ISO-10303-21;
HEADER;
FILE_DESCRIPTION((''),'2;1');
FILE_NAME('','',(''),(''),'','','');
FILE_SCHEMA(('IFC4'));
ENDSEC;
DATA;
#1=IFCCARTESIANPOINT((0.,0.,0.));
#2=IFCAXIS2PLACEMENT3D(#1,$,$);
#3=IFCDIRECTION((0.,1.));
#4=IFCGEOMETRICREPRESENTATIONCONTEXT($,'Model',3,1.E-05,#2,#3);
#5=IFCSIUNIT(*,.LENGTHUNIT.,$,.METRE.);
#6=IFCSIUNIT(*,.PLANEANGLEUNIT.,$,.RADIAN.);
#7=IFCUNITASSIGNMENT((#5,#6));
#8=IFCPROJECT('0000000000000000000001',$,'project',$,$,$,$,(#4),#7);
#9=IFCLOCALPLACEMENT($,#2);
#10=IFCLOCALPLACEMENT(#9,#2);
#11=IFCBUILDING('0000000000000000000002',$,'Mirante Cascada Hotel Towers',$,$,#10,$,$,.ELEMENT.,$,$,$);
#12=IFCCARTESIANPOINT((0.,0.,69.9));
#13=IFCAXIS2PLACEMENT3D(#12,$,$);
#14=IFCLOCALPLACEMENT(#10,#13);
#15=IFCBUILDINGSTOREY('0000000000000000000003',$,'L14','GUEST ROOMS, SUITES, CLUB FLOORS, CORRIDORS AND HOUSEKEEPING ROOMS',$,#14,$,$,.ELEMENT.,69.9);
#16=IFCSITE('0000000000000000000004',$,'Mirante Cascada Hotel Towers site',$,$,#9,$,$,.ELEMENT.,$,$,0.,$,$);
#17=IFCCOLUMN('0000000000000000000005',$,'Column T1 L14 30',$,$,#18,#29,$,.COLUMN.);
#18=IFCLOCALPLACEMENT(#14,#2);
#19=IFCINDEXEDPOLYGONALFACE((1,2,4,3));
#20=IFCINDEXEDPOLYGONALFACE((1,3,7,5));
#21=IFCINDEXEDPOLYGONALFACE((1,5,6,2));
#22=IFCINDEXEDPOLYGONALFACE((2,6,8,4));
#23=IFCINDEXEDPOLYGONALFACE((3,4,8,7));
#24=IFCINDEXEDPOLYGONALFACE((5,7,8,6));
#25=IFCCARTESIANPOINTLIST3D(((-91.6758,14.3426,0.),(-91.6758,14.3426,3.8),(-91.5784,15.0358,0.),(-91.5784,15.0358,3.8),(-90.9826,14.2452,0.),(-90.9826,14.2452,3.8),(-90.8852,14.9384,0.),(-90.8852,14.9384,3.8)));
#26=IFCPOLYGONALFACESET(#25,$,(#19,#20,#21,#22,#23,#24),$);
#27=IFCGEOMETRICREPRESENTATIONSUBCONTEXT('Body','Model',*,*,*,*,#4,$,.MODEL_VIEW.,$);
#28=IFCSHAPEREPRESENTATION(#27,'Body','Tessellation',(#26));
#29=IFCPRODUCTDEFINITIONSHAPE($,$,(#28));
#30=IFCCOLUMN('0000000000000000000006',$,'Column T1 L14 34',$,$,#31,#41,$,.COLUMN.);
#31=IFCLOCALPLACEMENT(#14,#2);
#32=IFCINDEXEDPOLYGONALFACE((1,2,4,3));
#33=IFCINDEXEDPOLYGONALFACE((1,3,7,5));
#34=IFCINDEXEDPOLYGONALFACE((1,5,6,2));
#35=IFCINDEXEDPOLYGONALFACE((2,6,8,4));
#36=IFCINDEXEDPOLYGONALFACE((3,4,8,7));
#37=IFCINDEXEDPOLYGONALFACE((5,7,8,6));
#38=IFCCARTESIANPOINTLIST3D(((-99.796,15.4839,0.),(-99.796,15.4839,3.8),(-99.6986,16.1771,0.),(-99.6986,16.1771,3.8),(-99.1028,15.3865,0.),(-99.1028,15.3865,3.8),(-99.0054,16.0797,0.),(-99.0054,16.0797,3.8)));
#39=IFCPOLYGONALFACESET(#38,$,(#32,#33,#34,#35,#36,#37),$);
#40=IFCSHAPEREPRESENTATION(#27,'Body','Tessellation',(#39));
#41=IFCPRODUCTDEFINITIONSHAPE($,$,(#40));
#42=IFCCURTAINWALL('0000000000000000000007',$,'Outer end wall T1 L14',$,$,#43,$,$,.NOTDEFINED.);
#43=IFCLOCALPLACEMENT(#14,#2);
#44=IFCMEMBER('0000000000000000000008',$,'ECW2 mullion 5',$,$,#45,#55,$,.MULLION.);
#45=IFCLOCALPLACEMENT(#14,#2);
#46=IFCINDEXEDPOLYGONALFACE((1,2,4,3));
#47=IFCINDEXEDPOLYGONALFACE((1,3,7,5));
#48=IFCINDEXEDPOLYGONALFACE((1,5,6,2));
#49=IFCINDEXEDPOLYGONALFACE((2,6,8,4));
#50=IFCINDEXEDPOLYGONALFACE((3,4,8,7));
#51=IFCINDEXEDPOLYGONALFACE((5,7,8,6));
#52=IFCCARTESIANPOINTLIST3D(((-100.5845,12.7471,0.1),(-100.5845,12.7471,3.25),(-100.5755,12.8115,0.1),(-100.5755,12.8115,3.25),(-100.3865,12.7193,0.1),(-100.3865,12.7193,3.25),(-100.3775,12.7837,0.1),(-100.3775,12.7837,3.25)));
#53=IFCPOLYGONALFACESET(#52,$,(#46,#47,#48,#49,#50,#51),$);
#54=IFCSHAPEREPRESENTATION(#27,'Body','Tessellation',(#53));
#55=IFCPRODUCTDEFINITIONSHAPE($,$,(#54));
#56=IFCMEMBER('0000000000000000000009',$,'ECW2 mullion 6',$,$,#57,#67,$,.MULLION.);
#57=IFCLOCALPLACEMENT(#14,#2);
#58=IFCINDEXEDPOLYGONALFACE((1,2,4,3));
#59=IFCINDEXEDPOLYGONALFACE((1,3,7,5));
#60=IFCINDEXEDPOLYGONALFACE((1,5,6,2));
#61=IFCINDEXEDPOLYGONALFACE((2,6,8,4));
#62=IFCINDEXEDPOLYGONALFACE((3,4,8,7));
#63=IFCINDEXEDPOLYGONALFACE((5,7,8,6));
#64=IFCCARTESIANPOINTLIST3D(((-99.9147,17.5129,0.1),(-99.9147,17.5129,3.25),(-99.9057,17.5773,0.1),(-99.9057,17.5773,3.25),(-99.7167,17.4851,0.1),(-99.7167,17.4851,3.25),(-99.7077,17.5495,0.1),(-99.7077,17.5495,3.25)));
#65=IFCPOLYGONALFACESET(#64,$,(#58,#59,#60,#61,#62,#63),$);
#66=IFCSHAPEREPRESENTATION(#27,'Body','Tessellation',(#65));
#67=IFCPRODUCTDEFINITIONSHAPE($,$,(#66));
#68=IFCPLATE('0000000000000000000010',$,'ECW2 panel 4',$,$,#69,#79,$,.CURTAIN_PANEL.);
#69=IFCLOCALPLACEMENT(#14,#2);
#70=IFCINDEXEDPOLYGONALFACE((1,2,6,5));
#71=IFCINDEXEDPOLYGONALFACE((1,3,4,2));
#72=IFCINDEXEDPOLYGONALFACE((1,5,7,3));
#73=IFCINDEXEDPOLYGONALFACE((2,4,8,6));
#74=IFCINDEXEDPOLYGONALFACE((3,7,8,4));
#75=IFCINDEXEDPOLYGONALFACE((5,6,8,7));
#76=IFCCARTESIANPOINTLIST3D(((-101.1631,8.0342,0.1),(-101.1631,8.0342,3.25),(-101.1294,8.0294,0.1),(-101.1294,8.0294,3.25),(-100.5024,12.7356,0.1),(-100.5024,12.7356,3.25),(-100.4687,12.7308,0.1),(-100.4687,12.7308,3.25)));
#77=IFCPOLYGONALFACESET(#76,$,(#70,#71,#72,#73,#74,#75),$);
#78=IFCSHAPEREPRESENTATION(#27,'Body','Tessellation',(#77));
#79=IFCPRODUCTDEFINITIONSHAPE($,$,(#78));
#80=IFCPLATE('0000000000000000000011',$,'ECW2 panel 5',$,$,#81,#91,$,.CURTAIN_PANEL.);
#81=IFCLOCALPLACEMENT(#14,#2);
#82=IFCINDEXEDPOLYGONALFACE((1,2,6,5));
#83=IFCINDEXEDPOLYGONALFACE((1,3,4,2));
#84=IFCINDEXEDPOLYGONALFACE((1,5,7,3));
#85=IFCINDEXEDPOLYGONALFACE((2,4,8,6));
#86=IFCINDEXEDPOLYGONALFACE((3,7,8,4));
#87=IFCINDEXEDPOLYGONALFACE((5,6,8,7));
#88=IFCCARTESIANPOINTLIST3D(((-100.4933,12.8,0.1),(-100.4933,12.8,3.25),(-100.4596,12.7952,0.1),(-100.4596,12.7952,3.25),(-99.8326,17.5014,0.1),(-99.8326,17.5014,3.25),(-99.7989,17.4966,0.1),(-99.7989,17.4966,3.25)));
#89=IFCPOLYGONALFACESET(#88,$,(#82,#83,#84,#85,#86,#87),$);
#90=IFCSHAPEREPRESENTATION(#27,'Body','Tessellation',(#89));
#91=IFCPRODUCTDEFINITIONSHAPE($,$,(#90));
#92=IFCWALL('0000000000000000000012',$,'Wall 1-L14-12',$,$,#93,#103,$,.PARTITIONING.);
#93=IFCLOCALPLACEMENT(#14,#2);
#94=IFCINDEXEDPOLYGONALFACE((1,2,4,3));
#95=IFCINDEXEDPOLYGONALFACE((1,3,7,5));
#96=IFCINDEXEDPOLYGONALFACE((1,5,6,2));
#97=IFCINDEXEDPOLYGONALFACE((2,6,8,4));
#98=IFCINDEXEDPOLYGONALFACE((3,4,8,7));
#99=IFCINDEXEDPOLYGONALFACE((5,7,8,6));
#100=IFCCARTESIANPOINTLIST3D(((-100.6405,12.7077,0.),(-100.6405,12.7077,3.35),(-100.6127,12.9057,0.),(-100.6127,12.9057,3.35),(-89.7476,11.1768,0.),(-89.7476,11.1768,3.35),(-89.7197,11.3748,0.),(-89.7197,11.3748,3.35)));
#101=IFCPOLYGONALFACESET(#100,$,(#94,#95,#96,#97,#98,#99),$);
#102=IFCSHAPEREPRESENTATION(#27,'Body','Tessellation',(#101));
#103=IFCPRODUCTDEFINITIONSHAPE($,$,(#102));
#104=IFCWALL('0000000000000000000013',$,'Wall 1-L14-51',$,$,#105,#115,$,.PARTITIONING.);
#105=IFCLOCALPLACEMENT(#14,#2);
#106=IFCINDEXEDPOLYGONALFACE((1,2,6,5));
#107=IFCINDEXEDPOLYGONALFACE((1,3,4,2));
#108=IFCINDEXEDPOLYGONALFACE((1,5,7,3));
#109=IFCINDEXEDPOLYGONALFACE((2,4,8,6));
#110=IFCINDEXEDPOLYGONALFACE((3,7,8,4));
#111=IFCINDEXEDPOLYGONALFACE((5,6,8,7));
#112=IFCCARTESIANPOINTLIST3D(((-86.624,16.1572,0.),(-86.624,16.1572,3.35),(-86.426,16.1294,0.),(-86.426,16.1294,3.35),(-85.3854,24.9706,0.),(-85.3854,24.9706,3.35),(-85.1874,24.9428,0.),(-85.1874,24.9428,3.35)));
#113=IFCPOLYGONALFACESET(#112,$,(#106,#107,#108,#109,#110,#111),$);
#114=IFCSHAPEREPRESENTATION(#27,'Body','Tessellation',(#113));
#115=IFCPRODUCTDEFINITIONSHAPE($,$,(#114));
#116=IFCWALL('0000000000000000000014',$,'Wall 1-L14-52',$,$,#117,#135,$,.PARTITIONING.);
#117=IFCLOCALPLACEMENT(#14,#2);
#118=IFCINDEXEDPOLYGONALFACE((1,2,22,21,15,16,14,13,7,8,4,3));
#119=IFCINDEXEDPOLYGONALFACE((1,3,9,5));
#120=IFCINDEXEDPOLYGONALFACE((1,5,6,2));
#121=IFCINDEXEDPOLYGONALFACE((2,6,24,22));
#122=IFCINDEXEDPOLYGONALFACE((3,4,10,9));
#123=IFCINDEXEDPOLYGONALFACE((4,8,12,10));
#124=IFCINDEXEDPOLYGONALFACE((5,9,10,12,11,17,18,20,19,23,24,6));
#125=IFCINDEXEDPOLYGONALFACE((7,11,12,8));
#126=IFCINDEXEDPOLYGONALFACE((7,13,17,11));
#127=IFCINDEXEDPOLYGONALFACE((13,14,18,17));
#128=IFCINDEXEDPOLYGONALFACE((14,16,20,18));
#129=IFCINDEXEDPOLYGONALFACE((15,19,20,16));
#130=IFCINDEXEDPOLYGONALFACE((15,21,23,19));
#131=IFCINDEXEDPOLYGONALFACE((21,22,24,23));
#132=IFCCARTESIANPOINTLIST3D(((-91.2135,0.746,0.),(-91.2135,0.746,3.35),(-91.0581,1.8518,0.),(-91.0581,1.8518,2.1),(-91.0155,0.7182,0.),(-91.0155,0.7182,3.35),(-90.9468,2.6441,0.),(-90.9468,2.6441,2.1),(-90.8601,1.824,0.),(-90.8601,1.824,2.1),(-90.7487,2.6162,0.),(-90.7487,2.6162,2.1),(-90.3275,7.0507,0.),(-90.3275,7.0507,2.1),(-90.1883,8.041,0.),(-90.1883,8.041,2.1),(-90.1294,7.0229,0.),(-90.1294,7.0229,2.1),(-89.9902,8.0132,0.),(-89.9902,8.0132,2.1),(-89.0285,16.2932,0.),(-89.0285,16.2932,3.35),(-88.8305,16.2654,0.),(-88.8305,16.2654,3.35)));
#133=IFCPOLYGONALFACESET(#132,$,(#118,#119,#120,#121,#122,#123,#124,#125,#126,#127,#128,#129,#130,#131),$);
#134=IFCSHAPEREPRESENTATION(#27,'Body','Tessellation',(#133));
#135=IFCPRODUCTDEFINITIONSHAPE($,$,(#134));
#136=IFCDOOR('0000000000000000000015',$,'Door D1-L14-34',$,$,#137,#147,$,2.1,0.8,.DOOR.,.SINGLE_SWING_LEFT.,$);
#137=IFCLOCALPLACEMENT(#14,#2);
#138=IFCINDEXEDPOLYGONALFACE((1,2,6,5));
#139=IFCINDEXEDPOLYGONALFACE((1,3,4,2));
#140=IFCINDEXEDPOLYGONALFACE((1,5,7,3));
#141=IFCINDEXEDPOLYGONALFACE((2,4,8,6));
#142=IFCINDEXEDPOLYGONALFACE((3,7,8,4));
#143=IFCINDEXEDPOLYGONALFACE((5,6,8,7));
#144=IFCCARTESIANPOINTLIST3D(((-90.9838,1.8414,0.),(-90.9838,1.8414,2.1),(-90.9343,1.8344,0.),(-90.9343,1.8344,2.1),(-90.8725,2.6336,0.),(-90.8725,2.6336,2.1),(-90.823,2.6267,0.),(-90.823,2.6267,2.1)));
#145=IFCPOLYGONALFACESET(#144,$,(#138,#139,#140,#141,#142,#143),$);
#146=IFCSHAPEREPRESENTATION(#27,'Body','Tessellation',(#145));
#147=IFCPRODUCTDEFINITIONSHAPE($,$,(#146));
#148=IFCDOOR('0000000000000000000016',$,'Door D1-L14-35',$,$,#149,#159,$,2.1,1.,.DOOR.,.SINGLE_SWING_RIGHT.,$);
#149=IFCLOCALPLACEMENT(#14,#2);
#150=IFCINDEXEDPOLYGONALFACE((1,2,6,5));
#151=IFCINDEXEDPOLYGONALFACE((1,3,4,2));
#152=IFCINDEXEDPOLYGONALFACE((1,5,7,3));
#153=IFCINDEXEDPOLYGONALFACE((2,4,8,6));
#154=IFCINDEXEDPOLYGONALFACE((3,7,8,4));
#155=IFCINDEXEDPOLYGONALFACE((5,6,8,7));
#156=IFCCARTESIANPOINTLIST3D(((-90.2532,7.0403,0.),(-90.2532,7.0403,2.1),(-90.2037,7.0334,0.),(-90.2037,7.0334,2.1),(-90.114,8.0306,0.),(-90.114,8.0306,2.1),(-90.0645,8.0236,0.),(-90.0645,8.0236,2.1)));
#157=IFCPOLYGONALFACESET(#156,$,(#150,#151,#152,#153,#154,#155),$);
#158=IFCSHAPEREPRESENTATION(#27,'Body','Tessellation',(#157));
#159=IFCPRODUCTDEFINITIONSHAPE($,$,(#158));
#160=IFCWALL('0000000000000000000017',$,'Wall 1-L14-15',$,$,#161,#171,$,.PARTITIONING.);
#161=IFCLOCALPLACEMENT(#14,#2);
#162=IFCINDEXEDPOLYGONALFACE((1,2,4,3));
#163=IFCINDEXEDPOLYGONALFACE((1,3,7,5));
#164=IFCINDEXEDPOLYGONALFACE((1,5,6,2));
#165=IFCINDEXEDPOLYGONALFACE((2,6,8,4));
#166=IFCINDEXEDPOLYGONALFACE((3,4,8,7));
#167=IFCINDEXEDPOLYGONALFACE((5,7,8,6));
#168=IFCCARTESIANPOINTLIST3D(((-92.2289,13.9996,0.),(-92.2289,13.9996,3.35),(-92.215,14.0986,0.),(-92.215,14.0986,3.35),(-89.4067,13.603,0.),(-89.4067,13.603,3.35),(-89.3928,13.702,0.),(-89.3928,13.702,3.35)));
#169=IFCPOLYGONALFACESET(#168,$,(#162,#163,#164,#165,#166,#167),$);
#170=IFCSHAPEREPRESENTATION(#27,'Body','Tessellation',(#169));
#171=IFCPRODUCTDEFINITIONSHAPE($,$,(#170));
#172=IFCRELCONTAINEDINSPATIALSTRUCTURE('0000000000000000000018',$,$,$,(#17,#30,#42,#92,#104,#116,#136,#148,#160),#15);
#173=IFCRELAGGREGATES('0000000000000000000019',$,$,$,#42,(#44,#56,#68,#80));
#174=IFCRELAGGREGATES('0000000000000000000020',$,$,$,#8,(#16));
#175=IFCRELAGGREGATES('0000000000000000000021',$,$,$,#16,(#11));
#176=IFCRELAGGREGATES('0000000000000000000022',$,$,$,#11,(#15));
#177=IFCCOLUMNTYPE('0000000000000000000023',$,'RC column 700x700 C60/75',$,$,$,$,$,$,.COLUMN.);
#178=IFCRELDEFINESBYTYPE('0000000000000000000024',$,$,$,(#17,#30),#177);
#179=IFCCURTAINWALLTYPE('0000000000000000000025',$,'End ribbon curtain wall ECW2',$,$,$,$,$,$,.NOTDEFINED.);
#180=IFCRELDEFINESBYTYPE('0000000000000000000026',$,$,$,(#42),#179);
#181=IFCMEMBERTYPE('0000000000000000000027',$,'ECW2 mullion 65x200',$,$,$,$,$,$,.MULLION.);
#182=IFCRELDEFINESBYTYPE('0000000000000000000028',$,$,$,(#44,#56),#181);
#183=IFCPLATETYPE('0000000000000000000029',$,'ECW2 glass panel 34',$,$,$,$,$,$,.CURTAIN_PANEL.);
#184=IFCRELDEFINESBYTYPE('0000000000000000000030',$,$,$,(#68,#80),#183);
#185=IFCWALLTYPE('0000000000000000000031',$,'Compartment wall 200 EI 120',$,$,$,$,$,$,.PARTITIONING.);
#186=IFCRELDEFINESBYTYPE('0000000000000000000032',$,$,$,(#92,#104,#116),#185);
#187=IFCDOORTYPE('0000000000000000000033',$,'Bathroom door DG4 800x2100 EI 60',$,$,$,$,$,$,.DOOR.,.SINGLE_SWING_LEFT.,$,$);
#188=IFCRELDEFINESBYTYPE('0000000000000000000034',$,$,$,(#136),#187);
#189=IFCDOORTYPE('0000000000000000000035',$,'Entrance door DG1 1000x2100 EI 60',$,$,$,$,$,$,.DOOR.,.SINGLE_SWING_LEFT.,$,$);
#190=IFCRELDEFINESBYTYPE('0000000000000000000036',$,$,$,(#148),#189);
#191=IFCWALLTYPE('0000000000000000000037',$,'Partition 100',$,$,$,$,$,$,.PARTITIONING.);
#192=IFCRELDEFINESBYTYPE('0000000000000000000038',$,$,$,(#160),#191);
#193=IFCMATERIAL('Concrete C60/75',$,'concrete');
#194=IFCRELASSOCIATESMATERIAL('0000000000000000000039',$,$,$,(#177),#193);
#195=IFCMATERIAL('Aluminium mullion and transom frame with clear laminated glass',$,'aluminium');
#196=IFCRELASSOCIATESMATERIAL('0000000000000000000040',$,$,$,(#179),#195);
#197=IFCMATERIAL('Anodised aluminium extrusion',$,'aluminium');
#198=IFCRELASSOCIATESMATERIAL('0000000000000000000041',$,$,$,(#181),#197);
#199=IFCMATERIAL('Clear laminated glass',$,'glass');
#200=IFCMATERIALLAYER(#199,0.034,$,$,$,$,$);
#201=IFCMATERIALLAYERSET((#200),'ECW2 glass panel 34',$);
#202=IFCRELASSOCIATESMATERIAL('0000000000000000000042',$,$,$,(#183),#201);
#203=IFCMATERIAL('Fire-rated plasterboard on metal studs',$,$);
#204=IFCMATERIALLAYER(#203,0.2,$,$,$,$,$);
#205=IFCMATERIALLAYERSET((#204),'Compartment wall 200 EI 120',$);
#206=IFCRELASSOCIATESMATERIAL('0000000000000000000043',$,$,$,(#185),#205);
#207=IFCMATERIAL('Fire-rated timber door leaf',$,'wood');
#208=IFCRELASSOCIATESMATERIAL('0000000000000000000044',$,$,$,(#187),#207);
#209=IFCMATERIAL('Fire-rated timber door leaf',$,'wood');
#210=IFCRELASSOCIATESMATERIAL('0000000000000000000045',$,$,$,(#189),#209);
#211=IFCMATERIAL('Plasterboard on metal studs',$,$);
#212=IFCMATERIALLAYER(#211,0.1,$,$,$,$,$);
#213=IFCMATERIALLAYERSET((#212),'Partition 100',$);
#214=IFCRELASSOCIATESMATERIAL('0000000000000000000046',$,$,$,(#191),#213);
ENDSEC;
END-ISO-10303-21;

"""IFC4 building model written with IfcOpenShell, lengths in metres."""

from ifc_helpers import new_model, si_unit, direction, frame, frame_2d, origin, origin_2d, place, context, subcontext, project, spatial, rectangle, extrude, material, layer, layer_set, material_profile, profile_set, type_object, element, fill, aggregate, save


model = new_model("IFC4")

# Units and contexts
model_context = context("Model", 3, precision=1e-05, world=origin(), true_north=direction((0.0, 1.0)))
body_context = subcontext(model_context, "Body", "Model", "MODEL_VIEW")
ifc_project = project(units=[si_unit("LENGTHUNIT", "METRE"), si_unit("PLANEANGLEUNIT", "RADIAN")], contexts=[model_context])

# Site, building, storey
site_placement = place(None, origin())
site = spatial("IfcSite", under=ifc_project, at=site_placement, Name="Mirante Cascada Hotel Towers site", CompositionType="ELEMENT", RefElevation=0.0)
building_placement = place(site_placement, origin())
building = spatial("IfcBuilding", under=site, at=building_placement, Name="Mirante Cascada Hotel Towers", CompositionType="ELEMENT")
storey_placement = place(building_placement, frame((0.0, 0.0, 69.9)))
storey = spatial("IfcBuildingStorey", under=building, at=storey_placement, Name="L14", Description="GUEST ROOMS, SUITES, CLUB FLOORS, CORRIDORS AND HOUSEKEEPING ROOMS", CompositionType="ELEMENT", Elevation=69.9)

# Columns
ifc_material_1 = material(Name="Concrete C60/75", Category="concrete")
ifc_material_profile_1 = material_profile(ifc_material_1, rectangle(XDim=0.7, YDim=0.7, at=origin_2d()), Name="RC column 700x700 C60/75")
ifc_profile_set_1 = profile_set([ifc_material_profile_1], Name="Concrete C60/75")
column_type = type_object("IfcColumnType", Name="RC column 700x700 C60/75", PredefinedType="COLUMN", material=ifc_profile_set_1)
for number, where, z_axis, x_axis, name in (
    (1, (-91.2805, 14.6405, 0.0), (0.0, 0.0, 1.0), (-0.990268, 0.139173, 0.0), "Column T1 L14 30"),
    (2, (-99.4007, 15.7818, 0.0), (0.0, 0.0, 1.0), (-0.990268, 0.139173, 0.0), "Column T1 L14 34"),
):
    element("IfcColumn", number, at=place(storey_placement, frame(where, z_axis=z_axis, x_axis=x_axis)), inside=storey, type_object=column_type, Name=name, PredefinedType="COLUMN", context=body_context, shape_type="SweptSolid", body=[
        extrude(rectangle(XDim=0.7, YDim=0.7, at=origin_2d()), origin(), (0.0, 0.0, 1.0), 3.8),
    ])

# Curtain wall, members, plates
ifc_material_2 = material(Name="Aluminium mullion and transom frame with clear laminated glass", Category="aluminium")
curtain_wall_type = type_object("IfcCurtainWallType", Name="End ribbon curtain wall ECW2", PredefinedType="NOTDEFINED", material=ifc_material_2)
curtain_wall_placement = place(storey_placement, origin())
curtain_wall = element("IfcCurtainWall", 3, at=curtain_wall_placement, inside=storey, type_object=curtain_wall_type, Name="Outer end wall T1 L14", PredefinedType="NOTDEFINED")
ifc_material_3 = material(Name="Anodised aluminium extrusion", Category="aluminium")
ifc_material_profile_2 = material_profile(ifc_material_3, rectangle(XDim=0.2, YDim=0.065, at=origin_2d()), Name="ECW2 MULLION 65x200")
ifc_profile_set_2 = profile_set([ifc_material_profile_2], Name="Anodised aluminium extrusion")
member_type = type_object("IfcMemberType", Name="ECW2 mullion 65x200", PredefinedType="MULLION", material=ifc_profile_set_2)
member_1_placement = place(storey_placement, frame((-100.481, 12.7654, 0.1), z_axis=(0.0, 0.0, 1.0), x_axis=(-0.990268, 0.139173, 0.0)))
member_1 = element("IfcMember", 4, at=member_1_placement, type_object=member_type, Name="ECW2 mullion 5", PredefinedType="MULLION", context=body_context, shape_type="SweptSolid", body=[
    extrude(rectangle(XDim=0.2, YDim=0.065, at=origin_2d()), origin(), (0.0, 0.0, 1.0), 3.15),
])
member_2_placement = place(storey_placement, frame((-99.8112, 17.5312, 0.1), z_axis=(0.0, 0.0, 1.0), x_axis=(-0.990268, 0.139173, 0.0)))
member_2 = element("IfcMember", 5, at=member_2_placement, type_object=member_type, Name="ECW2 mullion 6", PredefinedType="MULLION", context=body_context, shape_type="SweptSolid", body=[
    extrude(rectangle(XDim=0.2, YDim=0.065, at=origin_2d()), origin(), (0.0, 0.0, 1.0), 3.15),
])
ifc_material_4 = material(Name="Clear laminated glass", Category="glass")
ifc_layer_1 = layer(ifc_material_4, 0.034)
ifc_layer_set_1 = layer_set([ifc_layer_1], Name="ECW2 glass panel 34")
plate_type = type_object("IfcPlateType", Name="ECW2 glass panel 34", PredefinedType="CURTAIN_PANEL", material=ifc_layer_set_1)
plate_1_placement = place(storey_placement, frame((-100.8159, 10.3825, 0.1), z_axis=(0.0, 0.0, 1.0), x_axis=(0.139173, 0.990268, 0.0)))
plate_1 = element("IfcPlate", 6, at=plate_1_placement, type_object=plate_type, Name="ECW2 panel 4", PredefinedType="CURTAIN_PANEL", context=body_context, shape_type="SweptSolid", body=[
    extrude(rectangle(XDim=4.7476, YDim=0.034, at=origin_2d()), origin(), (0.0, 0.0, 1.0), 3.15),
])
plate_2_placement = place(storey_placement, frame((-100.1461, 15.1483, 0.1), z_axis=(0.0, 0.0, 1.0), x_axis=(0.139173, 0.990268, 0.0)))
plate_2 = element("IfcPlate", 7, at=plate_2_placement, type_object=plate_type, Name="ECW2 panel 5", PredefinedType="CURTAIN_PANEL", context=body_context, shape_type="SweptSolid", body=[
    extrude(rectangle(XDim=4.7476, YDim=0.034, at=origin_2d()), origin(), (0.0, 0.0, 1.0), 3.15),
])
aggregate(curtain_wall, [member_1, member_2, plate_1, plate_2])

# Walls
ifc_material_5 = material(Name="Fire-rated plasterboard on metal studs")
ifc_layer_2 = layer(ifc_material_5, 0.2)
ifc_layer_set_2 = layer_set([ifc_layer_2], Name="Compartment wall 200 EI 120")
wall_type_1 = type_object("IfcWallType", Name="Compartment wall 200 EI 120", PredefinedType="PARTITIONING", material=ifc_layer_set_2)
wall_1_placement = place(storey_placement, frame((-100.6266, 12.8067, 0.0), z_axis=(0.0, 0.0, 1.0), x_axis=(0.990268, -0.139173, 0.0)))
element("IfcWall", 8, at=wall_1_placement, inside=storey, type_object=wall_type_1, Name="Wall 1-L14-12", PredefinedType="PARTITIONING", context=body_context, shape_type="SweptSolid", body=[
    extrude(rectangle(XDim=11.0, YDim=0.2, at=frame_2d((5.5, 0.0))), origin(), (0.0, 0.0, 1.0), 3.35),
])
wall_2_placement = place(storey_placement, frame((-86.525, 16.1433, 0.0), z_axis=(0.0, 0.0, 1.0), x_axis=(0.139168, 0.990269, 0.0)))
element("IfcWall", 9, at=wall_2_placement, inside=storey, type_object=wall_type_1, Name="Wall 1-L14-51", PredefinedType="PARTITIONING", context=body_context, shape_type="SweptSolid", body=[
    extrude(rectangle(XDim=8.9, YDim=0.2, at=frame_2d((4.45, 0.0))), origin(), (0.0, 0.0, 1.0), 3.35),
])

# Wall, openings, doors
wall_3_placement = place(storey_placement, frame((-88.9295, 16.2793, 0.0), z_axis=(0.0, 0.0, 1.0), x_axis=(-0.139172, -0.990268, 0.0)))
wall_3 = element("IfcWall", 10, at=wall_3_placement, inside=storey, type_object=wall_type_1, Name="Wall 1-L14-52", PredefinedType="PARTITIONING", context=body_context, shape_type="SweptSolid", body=[
    extrude(rectangle(XDim=15.7, YDim=0.2, at=frame_2d((7.85, 0.0))), origin(), (0.0, 0.0, 1.0), 3.35),
])
opening_1_placement = place(wall_3_placement, frame((13.7833, 0.0, 0.0)))
opening_1 = element("IfcOpeningElement", 11, at=opening_1_placement, cuts=wall_3, PredefinedType="OPENING", context=body_context, shape_type="SweptSolid", body=[
    extrude(rectangle(XDim=0.8, YDim=2.1, at=frame_2d((0.4, 1.05))), frame((0.0, 0.1, 0.0), z_axis=(0.0, -1.0, 0.0), x_axis=(1.0, 0.0, 0.0)), (0.0, 0.0, 1.0), 0.2),
])
opening_2_placement = place(wall_3_placement, frame((8.3333, 0.0, 0.0)))
opening_2 = element("IfcOpeningElement", 12, at=opening_2_placement, cuts=wall_3, PredefinedType="OPENING", context=body_context, shape_type="SweptSolid", body=[
    extrude(rectangle(XDim=1.0, YDim=2.1, at=frame_2d((0.5, 1.05))), frame((0.0, 0.1, 0.0), z_axis=(0.0, -1.0, 0.0), x_axis=(1.0, 0.0, 0.0)), (0.0, 0.0, 1.0), 0.2),
])
ifc_material_6 = material(Name="Fire-rated timber door leaf", Category="wood")
door_type_1 = type_object("IfcDoorType", Name="Bathroom door DG4 800x2100 EI 60", OperationType="SINGLE_SWING_LEFT", PredefinedType="DOOR", material=ifc_material_6)
door_1_placement = place(opening_1_placement, origin())
door_1 = element("IfcDoor", 13, at=door_1_placement, inside=storey, type_object=door_type_1, Name="Door D1-L14-34", OperationType="SINGLE_SWING_LEFT", OverallHeight=2.1, OverallWidth=0.8, PredefinedType="DOOR", context=body_context, shape_type="SweptSolid", body=[
    extrude(rectangle(XDim=0.8, YDim=2.1, at=frame_2d((0.4, 1.05))), frame((0.0, 0.025, 0.0), z_axis=(0.0, -1.0, 0.0), x_axis=(1.0, 0.0, 0.0)), (0.0, 0.0, 1.0), 0.05),
])
fill(opening_1, door_1)
ifc_material_7 = material(Name="Fire-rated timber door leaf", Category="wood")
door_type_2 = type_object("IfcDoorType", Name="Entrance door DG1 1000x2100 EI 60", OperationType="SINGLE_SWING_LEFT", PredefinedType="DOOR", material=ifc_material_7)
door_2_placement = place(opening_2_placement, frame((1.0, 0.0, 0.0), z_axis=(0.0, 0.0, 1.0), x_axis=(-1.0, 0.0, 0.0)))
door_2 = element("IfcDoor", 14, at=door_2_placement, inside=storey, type_object=door_type_2, Name="Door D1-L14-35", OperationType="SINGLE_SWING_RIGHT", OverallHeight=2.1, OverallWidth=1.0, PredefinedType="DOOR", context=body_context, shape_type="SweptSolid", body=[
    extrude(rectangle(XDim=1.0, YDim=2.1, at=frame_2d((0.5, 1.05))), frame((0.0, 0.025, 0.0), z_axis=(0.0, -1.0, 0.0), x_axis=(1.0, 0.0, 0.0)), (0.0, 0.0, 1.0), 0.05),
])
fill(opening_2, door_2)

# Wall
ifc_material_8 = material(Name="Plasterboard on metal studs")
ifc_layer_3 = layer(ifc_material_8, 0.1)
ifc_layer_set_3 = layer_set([ifc_layer_3], Name="Partition 100")
wall_type_2 = type_object("IfcWallType", Name="Partition 100", PredefinedType="PARTITIONING", material=ifc_layer_set_3)
wall_4_placement = place(storey_placement, frame((-89.3997, 13.6525, 0.0), z_axis=(0.0, 0.0, 1.0), x_axis=(-0.99027, 0.139161, 0.0)))
element("IfcWall", 15, at=wall_4_placement, inside=storey, type_object=wall_type_2, Name="Wall 1-L14-15", PredefinedType="PARTITIONING", context=body_context, shape_type="SweptSolid", body=[
    extrude(rectangle(XDim=2.8499, YDim=0.1, at=frame_2d((1.425, 0.0))), origin(), (0.0, 0.0, 1.0), 3.35),
])

save(model, "model.ifc")
